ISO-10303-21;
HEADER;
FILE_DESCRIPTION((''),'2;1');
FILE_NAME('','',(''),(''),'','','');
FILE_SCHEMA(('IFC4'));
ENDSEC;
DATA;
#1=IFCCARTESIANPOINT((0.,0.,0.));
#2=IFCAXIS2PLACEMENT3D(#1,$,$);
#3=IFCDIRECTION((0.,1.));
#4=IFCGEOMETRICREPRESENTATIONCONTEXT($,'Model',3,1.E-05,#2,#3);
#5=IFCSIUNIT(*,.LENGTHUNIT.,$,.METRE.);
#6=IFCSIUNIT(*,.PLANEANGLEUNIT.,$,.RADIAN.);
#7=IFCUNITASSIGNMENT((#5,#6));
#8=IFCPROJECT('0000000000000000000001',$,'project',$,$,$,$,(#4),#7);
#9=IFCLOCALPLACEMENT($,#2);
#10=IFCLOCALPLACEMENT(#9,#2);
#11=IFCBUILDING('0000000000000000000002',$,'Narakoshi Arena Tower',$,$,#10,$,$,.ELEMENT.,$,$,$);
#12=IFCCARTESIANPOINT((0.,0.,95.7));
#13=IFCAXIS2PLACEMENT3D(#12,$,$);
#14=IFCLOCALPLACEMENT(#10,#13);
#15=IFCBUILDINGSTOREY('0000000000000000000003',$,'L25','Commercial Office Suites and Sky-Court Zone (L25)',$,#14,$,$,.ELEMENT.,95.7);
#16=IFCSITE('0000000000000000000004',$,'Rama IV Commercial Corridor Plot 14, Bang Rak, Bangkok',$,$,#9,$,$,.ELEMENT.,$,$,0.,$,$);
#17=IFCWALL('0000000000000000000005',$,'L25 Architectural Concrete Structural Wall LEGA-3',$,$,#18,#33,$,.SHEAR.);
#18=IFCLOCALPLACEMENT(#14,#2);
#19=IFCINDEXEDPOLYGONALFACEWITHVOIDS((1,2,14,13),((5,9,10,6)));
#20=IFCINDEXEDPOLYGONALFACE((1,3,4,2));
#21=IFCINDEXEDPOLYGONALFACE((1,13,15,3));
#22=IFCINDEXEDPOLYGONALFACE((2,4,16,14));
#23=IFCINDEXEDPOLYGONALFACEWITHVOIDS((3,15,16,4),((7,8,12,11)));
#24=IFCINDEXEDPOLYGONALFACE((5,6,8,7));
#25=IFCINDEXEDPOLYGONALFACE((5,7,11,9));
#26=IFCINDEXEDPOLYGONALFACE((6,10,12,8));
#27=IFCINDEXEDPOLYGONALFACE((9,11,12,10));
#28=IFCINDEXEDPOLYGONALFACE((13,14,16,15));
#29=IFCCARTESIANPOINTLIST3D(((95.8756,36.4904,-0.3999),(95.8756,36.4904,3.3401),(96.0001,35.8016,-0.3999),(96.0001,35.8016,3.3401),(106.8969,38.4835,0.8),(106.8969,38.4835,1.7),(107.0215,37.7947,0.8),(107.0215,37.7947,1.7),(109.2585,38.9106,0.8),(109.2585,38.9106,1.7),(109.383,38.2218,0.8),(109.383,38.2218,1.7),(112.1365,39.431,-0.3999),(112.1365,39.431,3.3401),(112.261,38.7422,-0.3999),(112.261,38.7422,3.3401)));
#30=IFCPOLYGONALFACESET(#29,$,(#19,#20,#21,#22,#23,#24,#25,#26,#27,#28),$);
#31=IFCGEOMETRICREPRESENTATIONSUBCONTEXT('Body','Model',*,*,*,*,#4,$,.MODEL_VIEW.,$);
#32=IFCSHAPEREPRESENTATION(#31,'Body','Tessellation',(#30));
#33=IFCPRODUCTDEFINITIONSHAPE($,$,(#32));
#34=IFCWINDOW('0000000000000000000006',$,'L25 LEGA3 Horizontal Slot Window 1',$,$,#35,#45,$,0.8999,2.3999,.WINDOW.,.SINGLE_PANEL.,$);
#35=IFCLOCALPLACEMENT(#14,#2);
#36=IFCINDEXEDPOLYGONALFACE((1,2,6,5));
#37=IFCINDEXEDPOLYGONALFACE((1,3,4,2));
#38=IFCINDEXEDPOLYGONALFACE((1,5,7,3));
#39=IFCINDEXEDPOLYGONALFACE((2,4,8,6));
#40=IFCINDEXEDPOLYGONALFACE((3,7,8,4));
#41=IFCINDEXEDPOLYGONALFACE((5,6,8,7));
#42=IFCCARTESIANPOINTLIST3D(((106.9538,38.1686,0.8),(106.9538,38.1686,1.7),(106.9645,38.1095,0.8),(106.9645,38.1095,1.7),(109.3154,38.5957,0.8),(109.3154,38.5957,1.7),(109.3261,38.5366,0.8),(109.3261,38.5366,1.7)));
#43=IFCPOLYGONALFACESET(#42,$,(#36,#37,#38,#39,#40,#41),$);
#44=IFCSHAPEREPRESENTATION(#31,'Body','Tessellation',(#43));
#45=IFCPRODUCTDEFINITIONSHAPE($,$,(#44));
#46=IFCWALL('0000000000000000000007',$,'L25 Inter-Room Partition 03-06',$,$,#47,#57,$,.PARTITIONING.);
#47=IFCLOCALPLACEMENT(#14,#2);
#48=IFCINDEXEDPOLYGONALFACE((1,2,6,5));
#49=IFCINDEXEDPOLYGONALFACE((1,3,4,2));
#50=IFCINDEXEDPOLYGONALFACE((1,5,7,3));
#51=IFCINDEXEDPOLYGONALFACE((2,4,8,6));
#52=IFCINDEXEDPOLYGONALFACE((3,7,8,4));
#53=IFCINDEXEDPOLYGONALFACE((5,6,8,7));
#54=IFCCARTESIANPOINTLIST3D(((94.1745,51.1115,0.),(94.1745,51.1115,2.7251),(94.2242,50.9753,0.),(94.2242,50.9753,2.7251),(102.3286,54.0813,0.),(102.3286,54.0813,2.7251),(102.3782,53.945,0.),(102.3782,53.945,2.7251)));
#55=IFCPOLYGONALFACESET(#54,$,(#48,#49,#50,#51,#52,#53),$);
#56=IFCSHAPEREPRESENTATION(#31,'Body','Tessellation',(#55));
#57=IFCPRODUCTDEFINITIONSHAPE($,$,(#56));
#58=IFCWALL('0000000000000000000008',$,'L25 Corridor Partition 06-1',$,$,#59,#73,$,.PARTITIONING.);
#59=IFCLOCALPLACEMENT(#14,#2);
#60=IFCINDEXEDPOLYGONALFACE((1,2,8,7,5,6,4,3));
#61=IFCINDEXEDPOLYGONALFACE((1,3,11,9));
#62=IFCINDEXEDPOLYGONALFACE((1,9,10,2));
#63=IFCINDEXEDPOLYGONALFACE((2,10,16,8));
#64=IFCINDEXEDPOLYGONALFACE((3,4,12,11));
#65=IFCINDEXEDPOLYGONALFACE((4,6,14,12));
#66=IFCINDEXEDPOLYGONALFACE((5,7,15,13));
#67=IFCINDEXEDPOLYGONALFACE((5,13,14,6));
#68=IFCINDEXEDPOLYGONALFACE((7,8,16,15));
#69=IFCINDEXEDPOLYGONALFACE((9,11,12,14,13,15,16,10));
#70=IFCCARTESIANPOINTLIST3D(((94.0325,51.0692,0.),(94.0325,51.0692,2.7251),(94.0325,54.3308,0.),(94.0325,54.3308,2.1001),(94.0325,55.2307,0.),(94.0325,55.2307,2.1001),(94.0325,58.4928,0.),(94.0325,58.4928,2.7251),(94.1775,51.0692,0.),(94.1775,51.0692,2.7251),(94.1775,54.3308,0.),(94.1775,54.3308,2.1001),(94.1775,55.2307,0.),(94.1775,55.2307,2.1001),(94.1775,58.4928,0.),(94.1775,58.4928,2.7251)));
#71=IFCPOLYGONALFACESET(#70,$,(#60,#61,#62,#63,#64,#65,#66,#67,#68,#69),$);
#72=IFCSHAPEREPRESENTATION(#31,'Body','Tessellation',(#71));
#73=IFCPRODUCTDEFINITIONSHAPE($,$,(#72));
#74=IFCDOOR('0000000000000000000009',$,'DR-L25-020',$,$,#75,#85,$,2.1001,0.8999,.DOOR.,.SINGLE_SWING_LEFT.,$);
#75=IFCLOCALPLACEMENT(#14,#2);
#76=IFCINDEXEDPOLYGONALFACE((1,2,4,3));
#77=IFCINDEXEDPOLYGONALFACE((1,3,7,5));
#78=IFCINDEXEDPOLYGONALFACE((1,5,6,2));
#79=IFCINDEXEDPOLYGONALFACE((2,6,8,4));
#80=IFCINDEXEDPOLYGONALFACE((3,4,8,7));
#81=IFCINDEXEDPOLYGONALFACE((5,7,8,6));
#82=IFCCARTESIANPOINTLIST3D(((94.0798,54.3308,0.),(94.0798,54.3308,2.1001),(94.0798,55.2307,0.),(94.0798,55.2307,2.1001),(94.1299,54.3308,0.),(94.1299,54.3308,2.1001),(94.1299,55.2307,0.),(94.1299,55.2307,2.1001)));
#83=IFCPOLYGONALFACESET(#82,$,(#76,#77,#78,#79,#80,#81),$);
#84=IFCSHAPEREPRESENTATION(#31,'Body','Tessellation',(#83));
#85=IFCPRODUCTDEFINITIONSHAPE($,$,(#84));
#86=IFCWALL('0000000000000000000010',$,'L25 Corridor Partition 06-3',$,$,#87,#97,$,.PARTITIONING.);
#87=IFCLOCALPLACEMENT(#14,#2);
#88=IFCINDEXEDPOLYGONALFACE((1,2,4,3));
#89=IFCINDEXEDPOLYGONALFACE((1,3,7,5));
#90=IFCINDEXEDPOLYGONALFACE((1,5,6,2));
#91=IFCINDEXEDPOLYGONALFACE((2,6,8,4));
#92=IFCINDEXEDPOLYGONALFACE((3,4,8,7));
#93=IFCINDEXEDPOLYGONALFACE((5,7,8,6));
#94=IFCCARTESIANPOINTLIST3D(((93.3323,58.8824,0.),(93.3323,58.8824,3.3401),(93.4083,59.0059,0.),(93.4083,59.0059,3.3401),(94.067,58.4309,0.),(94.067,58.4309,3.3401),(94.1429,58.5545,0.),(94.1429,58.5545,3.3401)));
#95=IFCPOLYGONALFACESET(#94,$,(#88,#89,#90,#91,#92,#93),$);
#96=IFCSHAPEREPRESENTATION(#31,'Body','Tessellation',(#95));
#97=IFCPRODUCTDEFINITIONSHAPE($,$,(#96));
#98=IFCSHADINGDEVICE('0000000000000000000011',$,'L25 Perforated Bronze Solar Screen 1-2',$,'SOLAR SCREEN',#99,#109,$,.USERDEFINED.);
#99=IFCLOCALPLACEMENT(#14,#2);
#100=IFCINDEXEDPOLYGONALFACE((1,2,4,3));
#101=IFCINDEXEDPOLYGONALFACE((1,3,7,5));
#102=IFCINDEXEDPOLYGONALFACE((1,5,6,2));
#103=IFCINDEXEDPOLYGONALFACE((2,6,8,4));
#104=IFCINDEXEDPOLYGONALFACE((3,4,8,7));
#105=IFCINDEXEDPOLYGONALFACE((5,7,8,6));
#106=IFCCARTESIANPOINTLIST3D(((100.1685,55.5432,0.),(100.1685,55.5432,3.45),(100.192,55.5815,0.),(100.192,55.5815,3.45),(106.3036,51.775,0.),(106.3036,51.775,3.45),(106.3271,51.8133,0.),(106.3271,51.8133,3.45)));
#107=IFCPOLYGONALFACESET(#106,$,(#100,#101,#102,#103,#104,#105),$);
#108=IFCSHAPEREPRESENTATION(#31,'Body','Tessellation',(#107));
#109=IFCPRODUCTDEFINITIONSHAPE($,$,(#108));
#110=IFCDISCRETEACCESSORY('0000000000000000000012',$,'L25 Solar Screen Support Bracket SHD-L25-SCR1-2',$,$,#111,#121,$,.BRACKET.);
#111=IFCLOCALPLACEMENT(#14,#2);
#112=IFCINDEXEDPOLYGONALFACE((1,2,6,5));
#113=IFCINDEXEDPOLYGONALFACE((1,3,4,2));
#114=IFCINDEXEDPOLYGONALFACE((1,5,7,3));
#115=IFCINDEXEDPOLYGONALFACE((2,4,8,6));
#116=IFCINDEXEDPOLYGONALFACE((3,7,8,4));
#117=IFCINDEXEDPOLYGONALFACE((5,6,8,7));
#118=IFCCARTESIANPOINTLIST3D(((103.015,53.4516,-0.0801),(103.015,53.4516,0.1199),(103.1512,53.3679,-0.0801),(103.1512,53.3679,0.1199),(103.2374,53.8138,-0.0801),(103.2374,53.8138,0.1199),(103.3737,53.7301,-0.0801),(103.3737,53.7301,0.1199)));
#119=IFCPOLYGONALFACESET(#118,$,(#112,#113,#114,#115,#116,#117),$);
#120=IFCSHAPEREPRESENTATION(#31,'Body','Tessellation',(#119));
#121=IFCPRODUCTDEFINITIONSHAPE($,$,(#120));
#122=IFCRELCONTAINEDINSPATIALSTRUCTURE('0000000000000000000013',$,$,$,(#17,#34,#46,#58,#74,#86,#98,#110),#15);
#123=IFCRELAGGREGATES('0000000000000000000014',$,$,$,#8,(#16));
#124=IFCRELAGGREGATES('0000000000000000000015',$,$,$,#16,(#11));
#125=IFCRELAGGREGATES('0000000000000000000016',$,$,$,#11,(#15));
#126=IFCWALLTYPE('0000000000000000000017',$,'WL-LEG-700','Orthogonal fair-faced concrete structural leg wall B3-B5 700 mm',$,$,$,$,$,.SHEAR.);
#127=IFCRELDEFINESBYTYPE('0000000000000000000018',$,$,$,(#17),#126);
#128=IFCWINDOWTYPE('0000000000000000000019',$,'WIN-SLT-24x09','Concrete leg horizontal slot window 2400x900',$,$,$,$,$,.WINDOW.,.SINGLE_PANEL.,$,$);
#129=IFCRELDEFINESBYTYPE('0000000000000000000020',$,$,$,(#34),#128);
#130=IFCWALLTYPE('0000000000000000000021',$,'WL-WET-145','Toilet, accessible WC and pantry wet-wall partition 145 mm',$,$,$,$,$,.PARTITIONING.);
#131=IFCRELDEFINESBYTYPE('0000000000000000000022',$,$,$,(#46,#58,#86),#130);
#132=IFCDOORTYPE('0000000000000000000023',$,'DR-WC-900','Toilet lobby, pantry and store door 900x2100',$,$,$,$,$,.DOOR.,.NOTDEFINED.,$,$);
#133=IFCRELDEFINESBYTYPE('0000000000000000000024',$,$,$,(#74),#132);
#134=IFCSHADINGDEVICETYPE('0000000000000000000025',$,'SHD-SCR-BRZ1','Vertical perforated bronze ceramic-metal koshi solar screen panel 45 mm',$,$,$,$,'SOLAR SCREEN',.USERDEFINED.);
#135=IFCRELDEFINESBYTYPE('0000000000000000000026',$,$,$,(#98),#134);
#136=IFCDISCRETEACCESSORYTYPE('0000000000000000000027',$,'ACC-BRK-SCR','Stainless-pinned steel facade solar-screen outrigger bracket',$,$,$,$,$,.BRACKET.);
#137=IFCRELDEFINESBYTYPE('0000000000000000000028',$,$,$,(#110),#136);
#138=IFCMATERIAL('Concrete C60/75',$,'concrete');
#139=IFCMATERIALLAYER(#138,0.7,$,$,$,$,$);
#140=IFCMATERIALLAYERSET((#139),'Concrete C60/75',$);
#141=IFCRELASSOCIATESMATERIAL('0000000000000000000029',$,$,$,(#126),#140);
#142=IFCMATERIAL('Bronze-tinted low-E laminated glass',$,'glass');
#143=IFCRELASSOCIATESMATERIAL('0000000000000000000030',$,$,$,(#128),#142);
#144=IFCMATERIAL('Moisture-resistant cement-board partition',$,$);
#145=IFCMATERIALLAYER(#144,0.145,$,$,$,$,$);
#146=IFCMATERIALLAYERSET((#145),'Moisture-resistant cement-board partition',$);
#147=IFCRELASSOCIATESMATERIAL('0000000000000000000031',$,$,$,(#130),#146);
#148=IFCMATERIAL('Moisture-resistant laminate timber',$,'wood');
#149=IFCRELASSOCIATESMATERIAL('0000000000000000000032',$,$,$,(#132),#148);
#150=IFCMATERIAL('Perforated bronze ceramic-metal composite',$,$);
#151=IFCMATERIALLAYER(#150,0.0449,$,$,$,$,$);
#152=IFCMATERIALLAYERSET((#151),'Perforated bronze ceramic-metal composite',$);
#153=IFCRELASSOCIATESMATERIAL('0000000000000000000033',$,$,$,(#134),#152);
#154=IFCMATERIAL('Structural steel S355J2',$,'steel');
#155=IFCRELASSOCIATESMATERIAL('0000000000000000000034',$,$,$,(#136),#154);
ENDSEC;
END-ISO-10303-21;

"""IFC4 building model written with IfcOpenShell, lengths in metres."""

from ifc_helpers import new_model, si_unit, direction, frame, frame_2d, origin, origin_2d, place, context, subcontext, project, spatial, rectangle, extrude, material, layer, layer_set, type_object, element, fill, save


model = new_model("IFC4")

# Units and contexts
model_context = context("Model", 3, precision=1e-05, world=origin(), true_north=direction((0.0, 1.0)))
body_context = subcontext(model_context, "Body", "Model", "MODEL_VIEW")
ifc_project = project(units=[si_unit("LENGTHUNIT", "METRE"), si_unit("PLANEANGLEUNIT", "RADIAN")], contexts=[model_context])

# Site, building, storey
site_placement = place(None, origin())
site = spatial("IfcSite", under=ifc_project, at=site_placement, Name="Rama IV Commercial Corridor Plot 14, Bang Rak, Bangkok", CompositionType="ELEMENT", RefElevation=0.0)
building_placement = place(site_placement, origin())
building = spatial("IfcBuilding", under=site, at=building_placement, Name="Narakoshi Arena Tower", CompositionType="ELEMENT")
storey_placement = place(building_placement, frame((0.0, 0.0, 95.7)))
storey = spatial("IfcBuildingStorey", under=building, at=storey_placement, Name="L25", Description="Commercial Office Suites and Sky-Court Zone (L25)", CompositionType="ELEMENT", Elevation=95.7)

# Shared definitions
ifc_material_1 = material(Name="Concrete C60/75", Category="concrete")

# Shared definitions
ifc_material_2 = material(Name="Structural steel S355J2", Category="steel")

# Shared definitions
ifc_material_3 = material(Name="Bronze-tinted low-E laminated glass", Category="glass")

# Wall, opening, window
ifc_layer_1 = layer(ifc_material_1, 0.7)
ifc_layer_set_1 = layer_set([ifc_layer_1], Name="Concrete C60/75")
wall_type_1 = type_object("IfcWallType", Name="WL-LEG-700", Description="Orthogonal fair-faced concrete structural leg wall B3-B5 700 mm", PredefinedType="SHEAR", material=ifc_layer_set_1)
wall_1_placement = place(storey_placement, frame((95.938, 36.146, -0.3999), z_axis=(0.0, 0.0, 1.0), x_axis=(0.984038, 0.177956, 0.0)))
wall_1 = element("IfcWall", 1, at=wall_1_placement, inside=storey, type_object=wall_type_1, Name="L25 Architectural Concrete Structural Wall LEGA-3", PredefinedType="SHEAR", context=body_context, shape_type="SweptSolid", body=[
    extrude(rectangle(XDim=16.5247, YDim=0.7, at=frame_2d((8.2622, 0.0))), origin(), (0.0, 0.0, 1.0), 3.74),
])
opening_1_placement = place(wall_1_placement, frame((11.2, 0.0, 1.2)))
opening_1 = element("IfcOpeningElement", 2, at=opening_1_placement, cuts=wall_1, PredefinedType="OPENING", context=body_context, shape_type="SweptSolid", body=[
    extrude(rectangle(XDim=2.3999, YDim=0.8999, at=frame_2d((1.2, 0.45))), frame((0.0, 0.3599, 0.0), z_axis=(0.0, -1.0, 0.0), x_axis=(1.0, 0.0, 0.0)), (0.0, 0.0, 1.0), 0.72),
])
window_type = type_object("IfcWindowType", Name="WIN-SLT-24x09", Description="Concrete leg horizontal slot window 2400x900", PartitioningType="SINGLE_PANEL", PredefinedType="WINDOW", material=ifc_material_3)
window_placement = place(opening_1_placement, origin())
window = element("IfcWindow", 3, at=window_placement, inside=storey, type_object=window_type, Name="L25 LEGA3 Horizontal Slot Window 1", OverallHeight=0.8999, OverallWidth=2.3999, PartitioningType="SINGLE_PANEL", PredefinedType="WINDOW", context=body_context, shape_type="SweptSolid", body=[
    extrude(rectangle(XDim=2.3999, YDim=0.8999, at=frame_2d((1.2, 0.45))), frame((0.0, 0.03, 0.0), z_axis=(0.0, -1.0, 0.0), x_axis=(1.0, 0.0, 0.0)), (0.0, 0.0, 1.0), 0.0601),
])
fill(opening_1, window)

# Wall
ifc_material_4 = material(Name="Moisture-resistant cement-board partition")
ifc_layer_2 = layer(ifc_material_4, 0.145)
ifc_layer_set_2 = layer_set([ifc_layer_2], Name="Moisture-resistant cement-board partition")
wall_type_2 = type_object("IfcWallType", Name="WL-WET-145", Description="Toilet, accessible WC and pantry wet-wall partition 145 mm", PredefinedType="PARTITIONING", material=ifc_layer_set_2)
wall_2_placement = place(storey_placement, frame((94.1995, 51.0435, 0.0), z_axis=(0.0, 0.0, 1.0), x_axis=(0.939622, 0.342213, 0.0)))
element("IfcWall", 4, at=wall_2_placement, inside=storey, type_object=wall_type_2, Name="L25 Inter-Room Partition 03-06", PredefinedType="PARTITIONING", context=body_context, shape_type="SweptSolid", body=[
    extrude(rectangle(XDim=8.678, YDim=0.145, at=frame_2d((4.3389, 0.0))), origin(), (0.0, 0.0, 1.0), 2.7251),
])

# Wall, opening, door
wall_3_placement = place(storey_placement, frame((94.105, 51.0691, 0.0), z_axis=(0.0, 0.0, 1.0), x_axis=(0.0, 1.0, 0.0)))
wall_3 = element("IfcWall", 5, at=wall_3_placement, inside=storey, type_object=wall_type_2, Name="L25 Corridor Partition 06-1", PredefinedType="PARTITIONING", context=body_context, shape_type="SweptSolid", body=[
    extrude(rectangle(XDim=7.4236, YDim=0.145, at=frame_2d((3.7119, 0.0))), origin(), (0.0, 0.0, 1.0), 2.7251),
])
opening_2_placement = place(wall_3_placement, frame((3.2617, 0.0, 0.0)))
opening_2 = element("IfcOpeningElement", 6, at=opening_2_placement, cuts=wall_3, PredefinedType="OPENING", context=body_context, shape_type="SweptSolid", body=[
    extrude(rectangle(XDim=0.8999, YDim=2.1001, at=frame_2d((0.45, 1.05))), frame((0.0, 0.0825, 0.0), z_axis=(0.0, -1.0, 0.0), x_axis=(1.0, 0.0, 0.0)), (0.0, 0.0, 1.0), 0.165),
])
ifc_material_5 = material(Name="Moisture-resistant laminate timber", Category="wood")
door_type_1 = type_object("IfcDoorType", Name="DR-WC-900", Description="Toilet lobby, pantry and store door 900x2100", OperationType="NOTDEFINED", PredefinedType="DOOR", material=ifc_material_5)
door_1_placement = place(opening_2_placement, frame((0.8999, 0.0, 0.0), z_axis=(0.0, 0.0, 1.0), x_axis=(-1.0, 0.0, 0.0)))
door_1 = element("IfcDoor", 7, at=door_1_placement, inside=storey, type_object=door_type_1, Name="DR-L25-020", OperationType="SINGLE_SWING_LEFT", OverallHeight=2.1001, OverallWidth=0.8999, PredefinedType="DOOR", context=body_context, shape_type="SweptSolid", body=[
    extrude(rectangle(XDim=0.8999, YDim=2.1001, at=frame_2d((0.45, 1.05))), frame((0.0, 0.0249, 0.0), z_axis=(0.0, -1.0, 0.0), x_axis=(1.0, 0.0, 0.0)), (0.0, 0.0, 1.0), 0.05),
])
fill(opening_2, door_1)

# Wall
wall_4_placement = place(storey_placement, frame((94.105, 58.4927, 0.0), z_axis=(0.0, 0.0, 1.0), x_axis=(-0.851998, 0.523544, 0.0)))
element("IfcWall", 8, at=wall_4_placement, inside=storey, type_object=wall_type_2, Name="L25 Corridor Partition 06-3", PredefinedType="PARTITIONING", context=body_context, shape_type="SweptSolid", body=[
    extrude(rectangle(XDim=0.8623, YDim=0.145, at=frame_2d((0.4312, 0.0))), origin(), (0.0, 0.0, 1.0), 3.3401),
])

# Shading device
ifc_material_6 = material(Name="Perforated bronze ceramic-metal composite")
ifc_layer_3 = layer(ifc_material_6, 0.0449)
ifc_layer_set_3 = layer_set([ifc_layer_3], Name="Perforated bronze ceramic-metal composite")
shading_device_type = type_object("IfcShadingDeviceType", Name="SHD-SCR-BRZ1", Description="Vertical perforated bronze ceramic-metal koshi solar screen panel 45 mm", ElementType="SOLAR SCREEN", PredefinedType="USERDEFINED", material=ifc_layer_set_3)
shading_device_placement = place(storey_placement, frame((103.2478, 53.6782, 0.0), z_axis=(0.0, 0.0, 1.0), x_axis=(-0.852111, 0.523361, 0.0)))
element("IfcShadingDevice", 9, at=shading_device_placement, inside=storey, type_object=shading_device_type, Name="L25 Perforated Bronze Solar Screen 1-2", ObjectType="SOLAR SCREEN", PredefinedType="USERDEFINED", context=body_context, shape_type="SweptSolid", body=[
    extrude(rectangle(XDim=7.2, YDim=0.0449, at=origin_2d()), origin(), (0.0, 0.0, 1.0), 3.45),
])

# Discrete accessory
discrete_accessory_type = type_object("IfcDiscreteAccessoryType", Name="ACC-BRK-SCR", Description="Stainless-pinned steel facade solar-screen outrigger bracket", PredefinedType="BRACKET", material=ifc_material_2)
discrete_accessory_placement = place(storey_placement, frame((103.1943, 53.5908, -0.0801), z_axis=(0.0, 0.0, 1.0), x_axis=(-0.852111, 0.523361, 0.0)))
element("IfcDiscreteAccessory", 10, at=discrete_accessory_placement, inside=storey, type_object=discrete_accessory_type, Name="L25 Solar Screen Support Bracket SHD-L25-SCR1-2", PredefinedType="BRACKET", context=body_context, shape_type="SweptSolid", body=[
    extrude(rectangle(XDim=0.1599, YDim=0.425, at=origin_2d()), origin(), (0.0, 0.0, 1.0), 0.2),
])

save(model, "model.ifc")
